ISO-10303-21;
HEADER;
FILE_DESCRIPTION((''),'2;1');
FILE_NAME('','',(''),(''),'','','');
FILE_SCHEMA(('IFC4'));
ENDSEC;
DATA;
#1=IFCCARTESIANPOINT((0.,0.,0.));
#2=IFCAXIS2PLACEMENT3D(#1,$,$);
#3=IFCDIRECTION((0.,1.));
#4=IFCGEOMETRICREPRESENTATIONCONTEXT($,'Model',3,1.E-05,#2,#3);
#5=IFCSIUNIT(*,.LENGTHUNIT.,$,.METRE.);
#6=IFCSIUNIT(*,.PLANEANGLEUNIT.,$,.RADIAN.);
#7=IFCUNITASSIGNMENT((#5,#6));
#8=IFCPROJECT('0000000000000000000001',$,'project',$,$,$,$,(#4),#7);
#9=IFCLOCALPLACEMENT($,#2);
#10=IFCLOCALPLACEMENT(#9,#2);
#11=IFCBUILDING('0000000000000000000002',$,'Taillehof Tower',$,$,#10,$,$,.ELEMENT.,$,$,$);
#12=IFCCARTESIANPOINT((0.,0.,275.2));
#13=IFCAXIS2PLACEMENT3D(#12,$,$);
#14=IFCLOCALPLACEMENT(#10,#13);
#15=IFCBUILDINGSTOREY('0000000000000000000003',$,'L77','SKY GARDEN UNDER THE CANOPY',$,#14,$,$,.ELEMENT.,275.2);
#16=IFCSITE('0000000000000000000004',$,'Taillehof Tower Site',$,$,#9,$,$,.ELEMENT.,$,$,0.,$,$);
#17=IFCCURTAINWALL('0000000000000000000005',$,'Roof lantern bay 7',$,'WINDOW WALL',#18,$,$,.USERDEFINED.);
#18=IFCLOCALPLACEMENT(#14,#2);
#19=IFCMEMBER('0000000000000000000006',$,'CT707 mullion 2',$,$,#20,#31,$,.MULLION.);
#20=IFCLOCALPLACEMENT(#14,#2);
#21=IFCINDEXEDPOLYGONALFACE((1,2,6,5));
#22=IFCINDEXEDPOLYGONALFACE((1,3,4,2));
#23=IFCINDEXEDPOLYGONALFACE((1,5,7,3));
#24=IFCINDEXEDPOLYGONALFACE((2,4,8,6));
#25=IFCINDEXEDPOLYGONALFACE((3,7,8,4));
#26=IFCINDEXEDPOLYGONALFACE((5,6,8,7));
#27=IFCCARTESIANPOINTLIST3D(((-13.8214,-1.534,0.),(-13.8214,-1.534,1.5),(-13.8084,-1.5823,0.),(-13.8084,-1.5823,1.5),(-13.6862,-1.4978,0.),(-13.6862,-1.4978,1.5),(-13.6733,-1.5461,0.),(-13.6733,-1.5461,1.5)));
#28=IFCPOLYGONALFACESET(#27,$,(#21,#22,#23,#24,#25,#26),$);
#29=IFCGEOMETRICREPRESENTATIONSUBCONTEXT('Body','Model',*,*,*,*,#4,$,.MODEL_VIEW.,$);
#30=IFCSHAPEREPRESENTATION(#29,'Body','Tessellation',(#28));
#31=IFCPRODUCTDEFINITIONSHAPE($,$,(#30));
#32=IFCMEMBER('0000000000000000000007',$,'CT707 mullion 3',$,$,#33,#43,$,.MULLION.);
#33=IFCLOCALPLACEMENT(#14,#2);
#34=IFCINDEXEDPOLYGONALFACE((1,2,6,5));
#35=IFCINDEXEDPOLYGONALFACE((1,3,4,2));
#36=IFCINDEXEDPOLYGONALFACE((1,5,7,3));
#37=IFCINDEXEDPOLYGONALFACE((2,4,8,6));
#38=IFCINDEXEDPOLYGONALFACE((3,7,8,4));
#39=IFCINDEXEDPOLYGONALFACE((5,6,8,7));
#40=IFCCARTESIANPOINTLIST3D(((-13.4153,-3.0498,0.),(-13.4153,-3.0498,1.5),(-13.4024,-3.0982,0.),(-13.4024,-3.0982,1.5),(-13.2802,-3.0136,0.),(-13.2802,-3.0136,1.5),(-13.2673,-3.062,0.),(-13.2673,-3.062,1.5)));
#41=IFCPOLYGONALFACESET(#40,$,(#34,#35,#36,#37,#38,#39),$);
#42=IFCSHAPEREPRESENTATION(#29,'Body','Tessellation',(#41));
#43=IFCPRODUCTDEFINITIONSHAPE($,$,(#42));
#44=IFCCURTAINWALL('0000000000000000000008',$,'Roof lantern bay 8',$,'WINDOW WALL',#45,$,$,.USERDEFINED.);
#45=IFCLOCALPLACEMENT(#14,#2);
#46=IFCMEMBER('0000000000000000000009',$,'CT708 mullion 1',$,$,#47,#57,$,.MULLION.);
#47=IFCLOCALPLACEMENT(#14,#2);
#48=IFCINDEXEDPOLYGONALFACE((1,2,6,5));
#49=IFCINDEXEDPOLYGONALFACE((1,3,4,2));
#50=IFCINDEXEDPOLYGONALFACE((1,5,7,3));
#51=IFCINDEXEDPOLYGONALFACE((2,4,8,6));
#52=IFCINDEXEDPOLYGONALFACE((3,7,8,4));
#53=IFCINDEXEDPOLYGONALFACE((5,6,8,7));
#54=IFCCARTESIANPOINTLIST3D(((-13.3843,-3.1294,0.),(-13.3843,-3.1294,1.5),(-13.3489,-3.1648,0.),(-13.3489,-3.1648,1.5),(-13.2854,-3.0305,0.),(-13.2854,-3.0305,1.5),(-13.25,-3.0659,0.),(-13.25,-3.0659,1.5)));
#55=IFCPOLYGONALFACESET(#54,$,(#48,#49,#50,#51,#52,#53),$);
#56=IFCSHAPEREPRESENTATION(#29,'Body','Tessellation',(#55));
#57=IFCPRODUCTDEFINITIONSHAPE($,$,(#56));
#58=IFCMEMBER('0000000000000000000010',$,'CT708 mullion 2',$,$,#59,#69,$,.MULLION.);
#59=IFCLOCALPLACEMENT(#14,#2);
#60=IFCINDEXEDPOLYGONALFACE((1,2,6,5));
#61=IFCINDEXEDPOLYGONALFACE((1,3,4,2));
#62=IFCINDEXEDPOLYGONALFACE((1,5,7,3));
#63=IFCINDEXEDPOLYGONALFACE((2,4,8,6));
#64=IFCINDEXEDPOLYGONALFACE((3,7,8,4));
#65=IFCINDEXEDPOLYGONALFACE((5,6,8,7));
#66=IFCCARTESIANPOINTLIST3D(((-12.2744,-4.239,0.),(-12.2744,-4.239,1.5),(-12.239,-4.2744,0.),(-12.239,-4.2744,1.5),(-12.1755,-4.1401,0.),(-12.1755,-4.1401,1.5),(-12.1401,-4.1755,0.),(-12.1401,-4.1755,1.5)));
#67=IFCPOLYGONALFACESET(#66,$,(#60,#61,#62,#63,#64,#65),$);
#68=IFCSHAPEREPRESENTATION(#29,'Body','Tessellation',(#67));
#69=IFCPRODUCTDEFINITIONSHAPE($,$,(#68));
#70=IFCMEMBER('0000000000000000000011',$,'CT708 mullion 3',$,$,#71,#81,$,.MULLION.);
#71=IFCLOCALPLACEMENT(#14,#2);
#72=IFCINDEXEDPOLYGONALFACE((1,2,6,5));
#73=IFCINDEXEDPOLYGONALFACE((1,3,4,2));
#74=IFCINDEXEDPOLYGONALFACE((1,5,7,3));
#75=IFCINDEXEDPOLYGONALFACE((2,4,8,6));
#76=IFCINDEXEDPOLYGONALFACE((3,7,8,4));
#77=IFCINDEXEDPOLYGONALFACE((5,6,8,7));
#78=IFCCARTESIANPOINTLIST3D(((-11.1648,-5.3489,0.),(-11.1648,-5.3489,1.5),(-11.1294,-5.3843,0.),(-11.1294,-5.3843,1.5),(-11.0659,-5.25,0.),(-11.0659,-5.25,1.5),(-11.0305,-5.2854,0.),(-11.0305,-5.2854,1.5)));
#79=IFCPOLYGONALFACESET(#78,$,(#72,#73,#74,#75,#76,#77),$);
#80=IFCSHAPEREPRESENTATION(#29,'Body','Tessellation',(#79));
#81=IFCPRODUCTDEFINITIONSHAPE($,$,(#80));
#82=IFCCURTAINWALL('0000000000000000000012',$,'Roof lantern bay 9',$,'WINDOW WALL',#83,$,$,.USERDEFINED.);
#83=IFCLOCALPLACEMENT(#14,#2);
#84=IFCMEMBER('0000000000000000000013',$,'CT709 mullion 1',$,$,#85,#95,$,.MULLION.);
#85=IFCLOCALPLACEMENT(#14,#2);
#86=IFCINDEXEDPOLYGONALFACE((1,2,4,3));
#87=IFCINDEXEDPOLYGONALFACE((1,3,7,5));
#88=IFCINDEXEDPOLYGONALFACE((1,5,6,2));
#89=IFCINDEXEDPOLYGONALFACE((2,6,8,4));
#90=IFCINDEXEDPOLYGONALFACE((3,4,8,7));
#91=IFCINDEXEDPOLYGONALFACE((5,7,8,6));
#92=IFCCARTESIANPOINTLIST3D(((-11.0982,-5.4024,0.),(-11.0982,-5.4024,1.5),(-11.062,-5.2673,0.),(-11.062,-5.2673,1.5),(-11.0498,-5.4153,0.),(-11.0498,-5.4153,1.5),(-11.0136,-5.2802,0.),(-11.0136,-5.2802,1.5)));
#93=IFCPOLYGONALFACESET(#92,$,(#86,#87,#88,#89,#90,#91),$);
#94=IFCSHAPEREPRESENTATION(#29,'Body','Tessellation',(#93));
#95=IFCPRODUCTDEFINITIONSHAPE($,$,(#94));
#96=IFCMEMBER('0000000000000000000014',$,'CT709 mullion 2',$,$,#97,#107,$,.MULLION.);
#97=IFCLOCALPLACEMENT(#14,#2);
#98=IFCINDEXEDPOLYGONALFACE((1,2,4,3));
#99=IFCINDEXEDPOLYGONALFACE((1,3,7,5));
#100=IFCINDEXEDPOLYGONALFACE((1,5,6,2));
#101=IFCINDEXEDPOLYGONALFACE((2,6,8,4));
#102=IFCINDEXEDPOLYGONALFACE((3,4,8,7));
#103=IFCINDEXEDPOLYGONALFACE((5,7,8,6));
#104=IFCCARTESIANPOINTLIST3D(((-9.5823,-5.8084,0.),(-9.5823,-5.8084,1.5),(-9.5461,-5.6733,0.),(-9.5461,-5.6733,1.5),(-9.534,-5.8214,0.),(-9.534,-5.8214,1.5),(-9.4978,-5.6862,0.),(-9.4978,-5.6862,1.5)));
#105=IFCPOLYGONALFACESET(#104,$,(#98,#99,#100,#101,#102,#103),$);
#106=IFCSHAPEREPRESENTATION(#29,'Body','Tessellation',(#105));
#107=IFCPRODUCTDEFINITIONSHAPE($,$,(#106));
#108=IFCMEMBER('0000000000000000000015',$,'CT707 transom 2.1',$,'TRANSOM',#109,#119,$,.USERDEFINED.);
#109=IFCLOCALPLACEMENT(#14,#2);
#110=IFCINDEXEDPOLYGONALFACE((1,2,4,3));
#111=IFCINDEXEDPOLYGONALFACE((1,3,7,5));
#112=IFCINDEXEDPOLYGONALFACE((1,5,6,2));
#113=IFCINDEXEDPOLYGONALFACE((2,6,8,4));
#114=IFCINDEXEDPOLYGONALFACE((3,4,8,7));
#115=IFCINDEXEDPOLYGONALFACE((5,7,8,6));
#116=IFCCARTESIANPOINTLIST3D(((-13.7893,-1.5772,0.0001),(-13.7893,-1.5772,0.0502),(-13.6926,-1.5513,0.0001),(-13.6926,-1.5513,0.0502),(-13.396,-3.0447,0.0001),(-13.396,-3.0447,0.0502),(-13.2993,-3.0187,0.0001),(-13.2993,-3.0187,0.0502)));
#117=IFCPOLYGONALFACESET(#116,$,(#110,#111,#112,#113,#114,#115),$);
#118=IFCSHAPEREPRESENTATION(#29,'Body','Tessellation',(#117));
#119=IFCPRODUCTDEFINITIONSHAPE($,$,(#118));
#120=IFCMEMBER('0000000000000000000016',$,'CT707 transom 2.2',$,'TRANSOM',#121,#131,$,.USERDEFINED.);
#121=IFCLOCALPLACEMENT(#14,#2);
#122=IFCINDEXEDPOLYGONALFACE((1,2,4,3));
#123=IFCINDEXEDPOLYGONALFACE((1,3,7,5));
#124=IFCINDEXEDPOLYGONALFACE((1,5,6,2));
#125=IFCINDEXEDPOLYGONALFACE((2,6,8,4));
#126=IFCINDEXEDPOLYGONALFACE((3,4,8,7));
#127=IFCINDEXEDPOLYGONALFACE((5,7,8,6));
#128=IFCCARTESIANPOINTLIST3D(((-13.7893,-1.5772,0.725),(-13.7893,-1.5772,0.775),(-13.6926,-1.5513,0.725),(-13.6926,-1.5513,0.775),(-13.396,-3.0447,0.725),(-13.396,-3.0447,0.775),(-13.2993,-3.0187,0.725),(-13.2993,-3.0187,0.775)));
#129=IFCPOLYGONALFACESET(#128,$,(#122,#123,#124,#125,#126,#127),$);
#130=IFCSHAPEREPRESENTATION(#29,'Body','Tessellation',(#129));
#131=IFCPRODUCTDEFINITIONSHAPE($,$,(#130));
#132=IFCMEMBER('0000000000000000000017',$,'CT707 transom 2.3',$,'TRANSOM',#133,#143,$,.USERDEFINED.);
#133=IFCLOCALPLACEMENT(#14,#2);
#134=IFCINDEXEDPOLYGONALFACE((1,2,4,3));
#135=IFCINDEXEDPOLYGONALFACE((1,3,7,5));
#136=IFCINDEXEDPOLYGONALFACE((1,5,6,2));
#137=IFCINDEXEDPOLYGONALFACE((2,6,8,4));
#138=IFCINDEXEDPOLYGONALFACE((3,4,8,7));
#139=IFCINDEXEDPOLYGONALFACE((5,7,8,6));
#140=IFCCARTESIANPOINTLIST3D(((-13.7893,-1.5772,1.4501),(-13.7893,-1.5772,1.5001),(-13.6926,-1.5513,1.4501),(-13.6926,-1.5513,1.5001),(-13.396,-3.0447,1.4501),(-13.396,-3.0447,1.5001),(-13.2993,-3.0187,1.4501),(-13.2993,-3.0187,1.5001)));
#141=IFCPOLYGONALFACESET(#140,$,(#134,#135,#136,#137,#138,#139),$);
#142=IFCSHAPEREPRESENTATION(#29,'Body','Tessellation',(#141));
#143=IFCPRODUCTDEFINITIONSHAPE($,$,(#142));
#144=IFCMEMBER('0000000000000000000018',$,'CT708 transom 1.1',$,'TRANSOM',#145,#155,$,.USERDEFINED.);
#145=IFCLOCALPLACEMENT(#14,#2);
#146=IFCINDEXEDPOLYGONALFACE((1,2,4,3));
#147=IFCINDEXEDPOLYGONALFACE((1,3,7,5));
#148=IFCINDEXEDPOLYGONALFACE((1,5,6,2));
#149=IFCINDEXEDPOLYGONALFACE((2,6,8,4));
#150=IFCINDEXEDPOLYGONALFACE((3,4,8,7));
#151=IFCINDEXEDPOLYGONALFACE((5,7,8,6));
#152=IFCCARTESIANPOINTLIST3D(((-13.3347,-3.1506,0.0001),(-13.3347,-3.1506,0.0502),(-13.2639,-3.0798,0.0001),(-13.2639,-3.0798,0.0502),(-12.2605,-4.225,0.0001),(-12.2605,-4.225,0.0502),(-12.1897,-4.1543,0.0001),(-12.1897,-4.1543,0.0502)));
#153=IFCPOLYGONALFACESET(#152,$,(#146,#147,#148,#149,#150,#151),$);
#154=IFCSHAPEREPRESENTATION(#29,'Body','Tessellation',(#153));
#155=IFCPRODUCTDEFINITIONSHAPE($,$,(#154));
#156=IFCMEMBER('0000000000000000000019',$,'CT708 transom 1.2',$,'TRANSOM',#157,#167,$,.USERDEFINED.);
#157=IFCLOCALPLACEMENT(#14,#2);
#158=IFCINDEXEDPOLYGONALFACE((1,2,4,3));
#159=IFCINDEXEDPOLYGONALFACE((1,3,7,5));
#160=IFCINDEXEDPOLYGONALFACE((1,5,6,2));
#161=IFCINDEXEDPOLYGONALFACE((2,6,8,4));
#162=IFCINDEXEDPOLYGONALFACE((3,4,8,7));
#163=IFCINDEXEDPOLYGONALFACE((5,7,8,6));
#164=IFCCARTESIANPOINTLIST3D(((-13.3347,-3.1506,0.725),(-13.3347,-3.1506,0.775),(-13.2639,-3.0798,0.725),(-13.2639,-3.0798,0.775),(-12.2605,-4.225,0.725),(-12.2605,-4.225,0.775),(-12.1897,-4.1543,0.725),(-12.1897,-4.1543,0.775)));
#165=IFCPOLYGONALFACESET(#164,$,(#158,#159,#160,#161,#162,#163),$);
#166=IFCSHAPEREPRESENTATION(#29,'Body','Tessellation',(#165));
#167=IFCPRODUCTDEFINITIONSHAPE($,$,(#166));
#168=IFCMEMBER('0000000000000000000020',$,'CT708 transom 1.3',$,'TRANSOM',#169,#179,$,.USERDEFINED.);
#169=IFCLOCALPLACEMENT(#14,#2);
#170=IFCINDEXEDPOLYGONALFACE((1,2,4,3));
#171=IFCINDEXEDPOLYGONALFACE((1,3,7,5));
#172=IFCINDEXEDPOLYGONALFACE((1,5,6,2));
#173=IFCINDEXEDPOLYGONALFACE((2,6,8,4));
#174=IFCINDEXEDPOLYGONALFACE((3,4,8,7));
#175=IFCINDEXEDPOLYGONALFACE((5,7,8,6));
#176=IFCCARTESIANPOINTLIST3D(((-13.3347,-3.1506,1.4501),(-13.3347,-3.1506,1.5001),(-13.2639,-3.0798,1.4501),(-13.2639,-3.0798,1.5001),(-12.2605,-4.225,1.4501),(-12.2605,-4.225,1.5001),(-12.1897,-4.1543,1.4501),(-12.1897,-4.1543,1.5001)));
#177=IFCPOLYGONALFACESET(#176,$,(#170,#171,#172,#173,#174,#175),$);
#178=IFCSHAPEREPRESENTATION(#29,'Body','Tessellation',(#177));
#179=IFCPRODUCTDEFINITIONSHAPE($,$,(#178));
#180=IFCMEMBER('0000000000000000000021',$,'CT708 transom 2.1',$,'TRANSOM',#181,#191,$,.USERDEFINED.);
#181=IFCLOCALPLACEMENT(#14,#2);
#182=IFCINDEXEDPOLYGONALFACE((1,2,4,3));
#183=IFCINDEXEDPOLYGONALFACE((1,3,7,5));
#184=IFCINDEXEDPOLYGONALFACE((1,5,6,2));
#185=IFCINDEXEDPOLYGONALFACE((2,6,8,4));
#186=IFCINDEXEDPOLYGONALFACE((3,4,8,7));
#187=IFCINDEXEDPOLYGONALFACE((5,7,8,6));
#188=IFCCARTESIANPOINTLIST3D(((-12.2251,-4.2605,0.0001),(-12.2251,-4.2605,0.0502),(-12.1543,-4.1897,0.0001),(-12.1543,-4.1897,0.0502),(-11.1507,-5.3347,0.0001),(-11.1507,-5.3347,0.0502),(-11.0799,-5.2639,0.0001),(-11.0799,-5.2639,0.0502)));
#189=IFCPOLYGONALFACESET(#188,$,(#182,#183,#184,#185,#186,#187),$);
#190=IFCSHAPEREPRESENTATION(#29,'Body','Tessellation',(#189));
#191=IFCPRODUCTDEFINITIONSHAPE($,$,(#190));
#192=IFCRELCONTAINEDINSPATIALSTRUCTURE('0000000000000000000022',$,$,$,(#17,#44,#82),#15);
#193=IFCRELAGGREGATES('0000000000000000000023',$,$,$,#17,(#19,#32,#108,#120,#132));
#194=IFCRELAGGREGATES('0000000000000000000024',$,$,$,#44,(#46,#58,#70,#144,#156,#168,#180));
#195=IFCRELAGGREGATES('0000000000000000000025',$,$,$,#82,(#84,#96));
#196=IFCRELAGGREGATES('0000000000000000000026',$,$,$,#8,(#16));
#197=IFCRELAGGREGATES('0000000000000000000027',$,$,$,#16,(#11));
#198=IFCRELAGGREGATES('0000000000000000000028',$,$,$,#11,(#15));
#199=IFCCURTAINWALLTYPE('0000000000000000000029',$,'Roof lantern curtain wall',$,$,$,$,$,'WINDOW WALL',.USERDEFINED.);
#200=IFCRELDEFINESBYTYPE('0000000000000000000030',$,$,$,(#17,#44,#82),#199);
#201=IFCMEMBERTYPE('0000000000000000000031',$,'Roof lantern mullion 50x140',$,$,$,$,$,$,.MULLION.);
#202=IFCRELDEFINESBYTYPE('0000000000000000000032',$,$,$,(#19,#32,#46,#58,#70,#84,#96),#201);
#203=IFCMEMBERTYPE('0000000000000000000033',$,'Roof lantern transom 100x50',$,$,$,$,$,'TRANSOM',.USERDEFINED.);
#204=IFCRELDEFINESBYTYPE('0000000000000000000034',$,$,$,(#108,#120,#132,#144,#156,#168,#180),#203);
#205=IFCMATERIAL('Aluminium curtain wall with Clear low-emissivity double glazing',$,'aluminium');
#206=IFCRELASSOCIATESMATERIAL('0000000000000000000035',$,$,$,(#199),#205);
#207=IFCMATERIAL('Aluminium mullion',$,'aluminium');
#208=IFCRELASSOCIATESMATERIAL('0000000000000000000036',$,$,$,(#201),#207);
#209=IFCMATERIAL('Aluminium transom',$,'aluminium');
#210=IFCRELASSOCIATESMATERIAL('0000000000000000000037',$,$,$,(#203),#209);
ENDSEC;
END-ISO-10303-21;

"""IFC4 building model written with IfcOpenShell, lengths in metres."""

from ifc_helpers import new_model, si_unit, direction, frame, origin, origin_2d, place, context, subcontext, project, spatial, rectangle, extrude, material, material_profile, profile_set, type_object, element, aggregate, save


model = new_model("IFC4")

# Units and contexts
model_context = context("Model", 3, precision=1e-05, world=origin(), true_north=direction((0.0, 1.0)))
body_context = subcontext(model_context, "Body", "Model", "MODEL_VIEW")
ifc_project = project(units=[si_unit("LENGTHUNIT", "METRE"), si_unit("PLANEANGLEUNIT", "RADIAN")], contexts=[model_context])

# Site, building, storey
site_placement = place(None, origin())
site = spatial("IfcSite", under=ifc_project, at=site_placement, Name="Taillehof Tower Site", CompositionType="ELEMENT", RefElevation=0.0)
building_placement = place(site_placement, origin())
building = spatial("IfcBuilding", under=site, at=building_placement, Name="Taillehof Tower", CompositionType="ELEMENT")
storey_placement = place(building_placement, frame((0.0, 0.0, 275.2)))
storey = spatial("IfcBuildingStorey", under=building, at=storey_placement, Name="L77", Description="SKY GARDEN UNDER THE CANOPY", CompositionType="ELEMENT", Elevation=275.2)

# Curtain walls, members
ifc_material_1 = material(Name="Aluminium curtain wall with Clear low-emissivity double glazing", Category="aluminium")
curtain_wall_type = type_object("IfcCurtainWallType", Name="Roof lantern curtain wall", ElementType="WINDOW WALL", PredefinedType="USERDEFINED", material=ifc_material_1)
curtain_wall_1_placement = place(storey_placement, origin())
curtain_wall_1 = element("IfcCurtainWall", 1, at=curtain_wall_1_placement, inside=storey, type_object=curtain_wall_type, Name="Roof lantern bay 7", ObjectType="WINDOW WALL", PredefinedType="USERDEFINED")
ifc_material_2 = material(Name="Aluminium mullion", Category="aluminium")
ifc_material_profile_1 = material_profile(ifc_material_2, rectangle(XDim=0.1399, YDim=0.05, at=origin_2d()), Name="AL 50x140")
ifc_profile_set_1 = profile_set([ifc_material_profile_1], Name="Aluminium mullion")
member_type_1 = type_object("IfcMemberType", Name="Roof lantern mullion 50x140", PredefinedType="MULLION", material=ifc_profile_set_1)
member_1_placement = place(storey_placement, frame((-13.7473, -1.54, 0.0), z_axis=(0.0, 0.0, 1.0), x_axis=(0.965926, 0.258819, 0.0)))
member_1 = element("IfcMember", 2, at=member_1_placement, type_object=member_type_1, Name="CT707 mullion 2", PredefinedType="MULLION", context=body_context, shape_type="SweptSolid", body=[
    extrude(rectangle(XDim=0.1399, YDim=0.05, at=origin_2d()), origin(), (0.0, 0.0, 1.0), 1.5),
])
member_2_placement = place(storey_placement, frame((-13.3413, -3.0559, 0.0), z_axis=(0.0, 0.0, 1.0), x_axis=(0.965926, 0.258819, 0.0)))
member_2 = element("IfcMember", 3, at=member_2_placement, type_object=member_type_1, Name="CT707 mullion 3", PredefinedType="MULLION", context=body_context, shape_type="SweptSolid", body=[
    extrude(rectangle(XDim=0.1399, YDim=0.05, at=origin_2d()), origin(), (0.0, 0.0, 1.0), 1.5),
])
curtain_wall_2_placement = place(storey_placement, origin())
curtain_wall_2 = element("IfcCurtainWall", 4, at=curtain_wall_2_placement, inside=storey, type_object=curtain_wall_type, Name="Roof lantern bay 8", ObjectType="WINDOW WALL", PredefinedType="USERDEFINED")
member_3_placement = place(storey_placement, frame((-13.3171, -3.0977, 0.0), z_axis=(0.0, 0.0, 1.0), x_axis=(0.707107, 0.707107, 0.0)))
member_3 = element("IfcMember", 5, at=member_3_placement, type_object=member_type_1, Name="CT708 mullion 1", PredefinedType="MULLION", context=body_context, shape_type="SweptSolid", body=[
    extrude(rectangle(XDim=0.1399, YDim=0.05, at=origin_2d()), origin(), (0.0, 0.0, 1.0), 1.5),
])
member_4_placement = place(storey_placement, frame((-12.2073, -4.2073, 0.0), z_axis=(0.0, 0.0, 1.0), x_axis=(0.707107, 0.707107, 0.0)))
member_4 = element("IfcMember", 6, at=member_4_placement, type_object=member_type_1, Name="CT708 mullion 2", PredefinedType="MULLION", context=body_context, shape_type="SweptSolid", body=[
    extrude(rectangle(XDim=0.1399, YDim=0.05, at=origin_2d()), origin(), (0.0, 0.0, 1.0), 1.5),
])
member_5_placement = place(storey_placement, frame((-11.0977, -5.3171, 0.0), z_axis=(0.0, 0.0, 1.0), x_axis=(0.707107, 0.707107, 0.0)))
member_5 = element("IfcMember", 7, at=member_5_placement, type_object=member_type_1, Name="CT708 mullion 3", PredefinedType="MULLION", context=body_context, shape_type="SweptSolid", body=[
    extrude(rectangle(XDim=0.1399, YDim=0.05, at=origin_2d()), origin(), (0.0, 0.0, 1.0), 1.5),
])
curtain_wall_3_placement = place(storey_placement, origin())
curtain_wall_3 = element("IfcCurtainWall", 8, at=curtain_wall_3_placement, inside=storey, type_object=curtain_wall_type, Name="Roof lantern bay 9", ObjectType="WINDOW WALL", PredefinedType="USERDEFINED")
member_6_placement = place(storey_placement, frame((-11.0559, -5.3413, 0.0), z_axis=(0.0, 0.0, 1.0), x_axis=(0.258819, 0.965926, 0.0)))
member_6 = element("IfcMember", 9, at=member_6_placement, type_object=member_type_1, Name="CT709 mullion 1", PredefinedType="MULLION", context=body_context, shape_type="SweptSolid", body=[
    extrude(rectangle(XDim=0.1399, YDim=0.05, at=origin_2d()), origin(), (0.0, 0.0, 1.0), 1.5),
])
member_7_placement = place(storey_placement, frame((-9.54, -5.7473, 0.0), z_axis=(0.0, 0.0, 1.0), x_axis=(0.258819, 0.965926, 0.0)))
member_7 = element("IfcMember", 10, at=member_7_placement, type_object=member_type_1, Name="CT709 mullion 2", PredefinedType="MULLION", context=body_context, shape_type="SweptSolid", body=[
    extrude(rectangle(XDim=0.1399, YDim=0.05, at=origin_2d()), origin(), (0.0, 0.0, 1.0), 1.5),
])

# Members
ifc_material_3 = material(Name="Aluminium transom", Category="aluminium")
ifc_material_profile_2 = material_profile(ifc_material_3, rectangle(XDim=0.1001, YDim=0.05, at=origin_2d()), Name="AL 100x50")
ifc_profile_set_2 = profile_set([ifc_material_profile_2], Name="Aluminium transom")
member_type_2 = type_object("IfcMemberType", Name="Roof lantern transom 100x50", ElementType="TRANSOM", PredefinedType="USERDEFINED", material=ifc_profile_set_2)
member_8_placement = place(storey_placement, frame((-13.741, -1.5642, 0.0251), z_axis=(0.258873, -0.965911, 0.0), x_axis=(0.965911, 0.258873, 0.0)))
member_8 = element("IfcMember", 11, at=member_8_placement, type_object=member_type_2, Name="CT707 transom 2.1", ObjectType="TRANSOM", PredefinedType="USERDEFINED", context=body_context, shape_type="SweptSolid", body=[
    extrude(rectangle(XDim=0.1001, YDim=0.05, at=origin_2d()), origin(), (0.0, 0.0, 1.0), 1.5193),
])
member_9_placement = place(storey_placement, frame((-13.741, -1.5642, 0.75), z_axis=(0.258873, -0.965911, 0.0), x_axis=(0.965911, 0.258873, 0.0)))
member_9 = element("IfcMember", 12, at=member_9_placement, type_object=member_type_2, Name="CT707 transom 2.2", ObjectType="TRANSOM", PredefinedType="USERDEFINED", context=body_context, shape_type="SweptSolid", body=[
    extrude(rectangle(XDim=0.1001, YDim=0.05, at=origin_2d()), origin(), (0.0, 0.0, 1.0), 1.5193),
])
member_10_placement = place(storey_placement, frame((-13.741, -1.5642, 1.4751), z_axis=(0.258873, -0.965911, 0.0), x_axis=(0.965911, 0.258873, 0.0)))
member_10 = element("IfcMember", 13, at=member_10_placement, type_object=member_type_2, Name="CT707 transom 2.3", ObjectType="TRANSOM", PredefinedType="USERDEFINED", context=body_context, shape_type="SweptSolid", body=[
    extrude(rectangle(XDim=0.1001, YDim=0.05, at=origin_2d()), origin(), (0.0, 0.0, 1.0), 1.5193),
])
member_11_placement = place(storey_placement, frame((-13.2993, -3.1152, 0.0251), z_axis=(0.707026, -0.707187, 0.0), x_axis=(0.707187, 0.707026, 0.0)))
member_11 = element("IfcMember", 14, at=member_11_placement, type_object=member_type_2, Name="CT708 transom 1.1", ObjectType="TRANSOM", PredefinedType="USERDEFINED", context=body_context, shape_type="SweptSolid", body=[
    extrude(rectangle(XDim=0.1001, YDim=0.05, at=origin_2d()), origin(), (0.0, 0.0, 1.0), 1.5193),
])
member_12_placement = place(storey_placement, frame((-13.2993, -3.1152, 0.75), z_axis=(0.707026, -0.707187, 0.0), x_axis=(0.707187, 0.707026, 0.0)))
member_12 = element("IfcMember", 15, at=member_12_placement, type_object=member_type_2, Name="CT708 transom 1.2", ObjectType="TRANSOM", PredefinedType="USERDEFINED", context=body_context, shape_type="SweptSolid", body=[
    extrude(rectangle(XDim=0.1001, YDim=0.05, at=origin_2d()), origin(), (0.0, 0.0, 1.0), 1.5193),
])
member_13_placement = place(storey_placement, frame((-13.2993, -3.1152, 1.4751), z_axis=(0.707026, -0.707187, 0.0), x_axis=(0.707187, 0.707026, 0.0)))
member_13 = element("IfcMember", 16, at=member_13_placement, type_object=member_type_2, Name="CT708 transom 1.3", ObjectType="TRANSOM", PredefinedType="USERDEFINED", context=body_context, shape_type="SweptSolid", body=[
    extrude(rectangle(XDim=0.1001, YDim=0.05, at=origin_2d()), origin(), (0.0, 0.0, 1.0), 1.5193),
])
member_14_placement = place(storey_placement, frame((-12.1897, -4.2251, 0.0251), z_axis=(0.707187, -0.707026, 0.0), x_axis=(0.707026, 0.707187, 0.0)))
member_14 = element("IfcMember", 17, at=member_14_placement, type_object=member_type_2, Name="CT708 transom 2.1", ObjectType="TRANSOM", PredefinedType="USERDEFINED", context=body_context, shape_type="SweptSolid", body=[
    extrude(rectangle(XDim=0.1001, YDim=0.05, at=origin_2d()), origin(), (0.0, 0.0, 1.0), 1.5193),
])

aggregate(curtain_wall_1, [member_1, member_2, member_8, member_9, member_10])
aggregate(curtain_wall_2, [member_3, member_4, member_5, member_11, member_12, member_13, member_14])
aggregate(curtain_wall_3, [member_6, member_7])

save(model, "model.ifc")
